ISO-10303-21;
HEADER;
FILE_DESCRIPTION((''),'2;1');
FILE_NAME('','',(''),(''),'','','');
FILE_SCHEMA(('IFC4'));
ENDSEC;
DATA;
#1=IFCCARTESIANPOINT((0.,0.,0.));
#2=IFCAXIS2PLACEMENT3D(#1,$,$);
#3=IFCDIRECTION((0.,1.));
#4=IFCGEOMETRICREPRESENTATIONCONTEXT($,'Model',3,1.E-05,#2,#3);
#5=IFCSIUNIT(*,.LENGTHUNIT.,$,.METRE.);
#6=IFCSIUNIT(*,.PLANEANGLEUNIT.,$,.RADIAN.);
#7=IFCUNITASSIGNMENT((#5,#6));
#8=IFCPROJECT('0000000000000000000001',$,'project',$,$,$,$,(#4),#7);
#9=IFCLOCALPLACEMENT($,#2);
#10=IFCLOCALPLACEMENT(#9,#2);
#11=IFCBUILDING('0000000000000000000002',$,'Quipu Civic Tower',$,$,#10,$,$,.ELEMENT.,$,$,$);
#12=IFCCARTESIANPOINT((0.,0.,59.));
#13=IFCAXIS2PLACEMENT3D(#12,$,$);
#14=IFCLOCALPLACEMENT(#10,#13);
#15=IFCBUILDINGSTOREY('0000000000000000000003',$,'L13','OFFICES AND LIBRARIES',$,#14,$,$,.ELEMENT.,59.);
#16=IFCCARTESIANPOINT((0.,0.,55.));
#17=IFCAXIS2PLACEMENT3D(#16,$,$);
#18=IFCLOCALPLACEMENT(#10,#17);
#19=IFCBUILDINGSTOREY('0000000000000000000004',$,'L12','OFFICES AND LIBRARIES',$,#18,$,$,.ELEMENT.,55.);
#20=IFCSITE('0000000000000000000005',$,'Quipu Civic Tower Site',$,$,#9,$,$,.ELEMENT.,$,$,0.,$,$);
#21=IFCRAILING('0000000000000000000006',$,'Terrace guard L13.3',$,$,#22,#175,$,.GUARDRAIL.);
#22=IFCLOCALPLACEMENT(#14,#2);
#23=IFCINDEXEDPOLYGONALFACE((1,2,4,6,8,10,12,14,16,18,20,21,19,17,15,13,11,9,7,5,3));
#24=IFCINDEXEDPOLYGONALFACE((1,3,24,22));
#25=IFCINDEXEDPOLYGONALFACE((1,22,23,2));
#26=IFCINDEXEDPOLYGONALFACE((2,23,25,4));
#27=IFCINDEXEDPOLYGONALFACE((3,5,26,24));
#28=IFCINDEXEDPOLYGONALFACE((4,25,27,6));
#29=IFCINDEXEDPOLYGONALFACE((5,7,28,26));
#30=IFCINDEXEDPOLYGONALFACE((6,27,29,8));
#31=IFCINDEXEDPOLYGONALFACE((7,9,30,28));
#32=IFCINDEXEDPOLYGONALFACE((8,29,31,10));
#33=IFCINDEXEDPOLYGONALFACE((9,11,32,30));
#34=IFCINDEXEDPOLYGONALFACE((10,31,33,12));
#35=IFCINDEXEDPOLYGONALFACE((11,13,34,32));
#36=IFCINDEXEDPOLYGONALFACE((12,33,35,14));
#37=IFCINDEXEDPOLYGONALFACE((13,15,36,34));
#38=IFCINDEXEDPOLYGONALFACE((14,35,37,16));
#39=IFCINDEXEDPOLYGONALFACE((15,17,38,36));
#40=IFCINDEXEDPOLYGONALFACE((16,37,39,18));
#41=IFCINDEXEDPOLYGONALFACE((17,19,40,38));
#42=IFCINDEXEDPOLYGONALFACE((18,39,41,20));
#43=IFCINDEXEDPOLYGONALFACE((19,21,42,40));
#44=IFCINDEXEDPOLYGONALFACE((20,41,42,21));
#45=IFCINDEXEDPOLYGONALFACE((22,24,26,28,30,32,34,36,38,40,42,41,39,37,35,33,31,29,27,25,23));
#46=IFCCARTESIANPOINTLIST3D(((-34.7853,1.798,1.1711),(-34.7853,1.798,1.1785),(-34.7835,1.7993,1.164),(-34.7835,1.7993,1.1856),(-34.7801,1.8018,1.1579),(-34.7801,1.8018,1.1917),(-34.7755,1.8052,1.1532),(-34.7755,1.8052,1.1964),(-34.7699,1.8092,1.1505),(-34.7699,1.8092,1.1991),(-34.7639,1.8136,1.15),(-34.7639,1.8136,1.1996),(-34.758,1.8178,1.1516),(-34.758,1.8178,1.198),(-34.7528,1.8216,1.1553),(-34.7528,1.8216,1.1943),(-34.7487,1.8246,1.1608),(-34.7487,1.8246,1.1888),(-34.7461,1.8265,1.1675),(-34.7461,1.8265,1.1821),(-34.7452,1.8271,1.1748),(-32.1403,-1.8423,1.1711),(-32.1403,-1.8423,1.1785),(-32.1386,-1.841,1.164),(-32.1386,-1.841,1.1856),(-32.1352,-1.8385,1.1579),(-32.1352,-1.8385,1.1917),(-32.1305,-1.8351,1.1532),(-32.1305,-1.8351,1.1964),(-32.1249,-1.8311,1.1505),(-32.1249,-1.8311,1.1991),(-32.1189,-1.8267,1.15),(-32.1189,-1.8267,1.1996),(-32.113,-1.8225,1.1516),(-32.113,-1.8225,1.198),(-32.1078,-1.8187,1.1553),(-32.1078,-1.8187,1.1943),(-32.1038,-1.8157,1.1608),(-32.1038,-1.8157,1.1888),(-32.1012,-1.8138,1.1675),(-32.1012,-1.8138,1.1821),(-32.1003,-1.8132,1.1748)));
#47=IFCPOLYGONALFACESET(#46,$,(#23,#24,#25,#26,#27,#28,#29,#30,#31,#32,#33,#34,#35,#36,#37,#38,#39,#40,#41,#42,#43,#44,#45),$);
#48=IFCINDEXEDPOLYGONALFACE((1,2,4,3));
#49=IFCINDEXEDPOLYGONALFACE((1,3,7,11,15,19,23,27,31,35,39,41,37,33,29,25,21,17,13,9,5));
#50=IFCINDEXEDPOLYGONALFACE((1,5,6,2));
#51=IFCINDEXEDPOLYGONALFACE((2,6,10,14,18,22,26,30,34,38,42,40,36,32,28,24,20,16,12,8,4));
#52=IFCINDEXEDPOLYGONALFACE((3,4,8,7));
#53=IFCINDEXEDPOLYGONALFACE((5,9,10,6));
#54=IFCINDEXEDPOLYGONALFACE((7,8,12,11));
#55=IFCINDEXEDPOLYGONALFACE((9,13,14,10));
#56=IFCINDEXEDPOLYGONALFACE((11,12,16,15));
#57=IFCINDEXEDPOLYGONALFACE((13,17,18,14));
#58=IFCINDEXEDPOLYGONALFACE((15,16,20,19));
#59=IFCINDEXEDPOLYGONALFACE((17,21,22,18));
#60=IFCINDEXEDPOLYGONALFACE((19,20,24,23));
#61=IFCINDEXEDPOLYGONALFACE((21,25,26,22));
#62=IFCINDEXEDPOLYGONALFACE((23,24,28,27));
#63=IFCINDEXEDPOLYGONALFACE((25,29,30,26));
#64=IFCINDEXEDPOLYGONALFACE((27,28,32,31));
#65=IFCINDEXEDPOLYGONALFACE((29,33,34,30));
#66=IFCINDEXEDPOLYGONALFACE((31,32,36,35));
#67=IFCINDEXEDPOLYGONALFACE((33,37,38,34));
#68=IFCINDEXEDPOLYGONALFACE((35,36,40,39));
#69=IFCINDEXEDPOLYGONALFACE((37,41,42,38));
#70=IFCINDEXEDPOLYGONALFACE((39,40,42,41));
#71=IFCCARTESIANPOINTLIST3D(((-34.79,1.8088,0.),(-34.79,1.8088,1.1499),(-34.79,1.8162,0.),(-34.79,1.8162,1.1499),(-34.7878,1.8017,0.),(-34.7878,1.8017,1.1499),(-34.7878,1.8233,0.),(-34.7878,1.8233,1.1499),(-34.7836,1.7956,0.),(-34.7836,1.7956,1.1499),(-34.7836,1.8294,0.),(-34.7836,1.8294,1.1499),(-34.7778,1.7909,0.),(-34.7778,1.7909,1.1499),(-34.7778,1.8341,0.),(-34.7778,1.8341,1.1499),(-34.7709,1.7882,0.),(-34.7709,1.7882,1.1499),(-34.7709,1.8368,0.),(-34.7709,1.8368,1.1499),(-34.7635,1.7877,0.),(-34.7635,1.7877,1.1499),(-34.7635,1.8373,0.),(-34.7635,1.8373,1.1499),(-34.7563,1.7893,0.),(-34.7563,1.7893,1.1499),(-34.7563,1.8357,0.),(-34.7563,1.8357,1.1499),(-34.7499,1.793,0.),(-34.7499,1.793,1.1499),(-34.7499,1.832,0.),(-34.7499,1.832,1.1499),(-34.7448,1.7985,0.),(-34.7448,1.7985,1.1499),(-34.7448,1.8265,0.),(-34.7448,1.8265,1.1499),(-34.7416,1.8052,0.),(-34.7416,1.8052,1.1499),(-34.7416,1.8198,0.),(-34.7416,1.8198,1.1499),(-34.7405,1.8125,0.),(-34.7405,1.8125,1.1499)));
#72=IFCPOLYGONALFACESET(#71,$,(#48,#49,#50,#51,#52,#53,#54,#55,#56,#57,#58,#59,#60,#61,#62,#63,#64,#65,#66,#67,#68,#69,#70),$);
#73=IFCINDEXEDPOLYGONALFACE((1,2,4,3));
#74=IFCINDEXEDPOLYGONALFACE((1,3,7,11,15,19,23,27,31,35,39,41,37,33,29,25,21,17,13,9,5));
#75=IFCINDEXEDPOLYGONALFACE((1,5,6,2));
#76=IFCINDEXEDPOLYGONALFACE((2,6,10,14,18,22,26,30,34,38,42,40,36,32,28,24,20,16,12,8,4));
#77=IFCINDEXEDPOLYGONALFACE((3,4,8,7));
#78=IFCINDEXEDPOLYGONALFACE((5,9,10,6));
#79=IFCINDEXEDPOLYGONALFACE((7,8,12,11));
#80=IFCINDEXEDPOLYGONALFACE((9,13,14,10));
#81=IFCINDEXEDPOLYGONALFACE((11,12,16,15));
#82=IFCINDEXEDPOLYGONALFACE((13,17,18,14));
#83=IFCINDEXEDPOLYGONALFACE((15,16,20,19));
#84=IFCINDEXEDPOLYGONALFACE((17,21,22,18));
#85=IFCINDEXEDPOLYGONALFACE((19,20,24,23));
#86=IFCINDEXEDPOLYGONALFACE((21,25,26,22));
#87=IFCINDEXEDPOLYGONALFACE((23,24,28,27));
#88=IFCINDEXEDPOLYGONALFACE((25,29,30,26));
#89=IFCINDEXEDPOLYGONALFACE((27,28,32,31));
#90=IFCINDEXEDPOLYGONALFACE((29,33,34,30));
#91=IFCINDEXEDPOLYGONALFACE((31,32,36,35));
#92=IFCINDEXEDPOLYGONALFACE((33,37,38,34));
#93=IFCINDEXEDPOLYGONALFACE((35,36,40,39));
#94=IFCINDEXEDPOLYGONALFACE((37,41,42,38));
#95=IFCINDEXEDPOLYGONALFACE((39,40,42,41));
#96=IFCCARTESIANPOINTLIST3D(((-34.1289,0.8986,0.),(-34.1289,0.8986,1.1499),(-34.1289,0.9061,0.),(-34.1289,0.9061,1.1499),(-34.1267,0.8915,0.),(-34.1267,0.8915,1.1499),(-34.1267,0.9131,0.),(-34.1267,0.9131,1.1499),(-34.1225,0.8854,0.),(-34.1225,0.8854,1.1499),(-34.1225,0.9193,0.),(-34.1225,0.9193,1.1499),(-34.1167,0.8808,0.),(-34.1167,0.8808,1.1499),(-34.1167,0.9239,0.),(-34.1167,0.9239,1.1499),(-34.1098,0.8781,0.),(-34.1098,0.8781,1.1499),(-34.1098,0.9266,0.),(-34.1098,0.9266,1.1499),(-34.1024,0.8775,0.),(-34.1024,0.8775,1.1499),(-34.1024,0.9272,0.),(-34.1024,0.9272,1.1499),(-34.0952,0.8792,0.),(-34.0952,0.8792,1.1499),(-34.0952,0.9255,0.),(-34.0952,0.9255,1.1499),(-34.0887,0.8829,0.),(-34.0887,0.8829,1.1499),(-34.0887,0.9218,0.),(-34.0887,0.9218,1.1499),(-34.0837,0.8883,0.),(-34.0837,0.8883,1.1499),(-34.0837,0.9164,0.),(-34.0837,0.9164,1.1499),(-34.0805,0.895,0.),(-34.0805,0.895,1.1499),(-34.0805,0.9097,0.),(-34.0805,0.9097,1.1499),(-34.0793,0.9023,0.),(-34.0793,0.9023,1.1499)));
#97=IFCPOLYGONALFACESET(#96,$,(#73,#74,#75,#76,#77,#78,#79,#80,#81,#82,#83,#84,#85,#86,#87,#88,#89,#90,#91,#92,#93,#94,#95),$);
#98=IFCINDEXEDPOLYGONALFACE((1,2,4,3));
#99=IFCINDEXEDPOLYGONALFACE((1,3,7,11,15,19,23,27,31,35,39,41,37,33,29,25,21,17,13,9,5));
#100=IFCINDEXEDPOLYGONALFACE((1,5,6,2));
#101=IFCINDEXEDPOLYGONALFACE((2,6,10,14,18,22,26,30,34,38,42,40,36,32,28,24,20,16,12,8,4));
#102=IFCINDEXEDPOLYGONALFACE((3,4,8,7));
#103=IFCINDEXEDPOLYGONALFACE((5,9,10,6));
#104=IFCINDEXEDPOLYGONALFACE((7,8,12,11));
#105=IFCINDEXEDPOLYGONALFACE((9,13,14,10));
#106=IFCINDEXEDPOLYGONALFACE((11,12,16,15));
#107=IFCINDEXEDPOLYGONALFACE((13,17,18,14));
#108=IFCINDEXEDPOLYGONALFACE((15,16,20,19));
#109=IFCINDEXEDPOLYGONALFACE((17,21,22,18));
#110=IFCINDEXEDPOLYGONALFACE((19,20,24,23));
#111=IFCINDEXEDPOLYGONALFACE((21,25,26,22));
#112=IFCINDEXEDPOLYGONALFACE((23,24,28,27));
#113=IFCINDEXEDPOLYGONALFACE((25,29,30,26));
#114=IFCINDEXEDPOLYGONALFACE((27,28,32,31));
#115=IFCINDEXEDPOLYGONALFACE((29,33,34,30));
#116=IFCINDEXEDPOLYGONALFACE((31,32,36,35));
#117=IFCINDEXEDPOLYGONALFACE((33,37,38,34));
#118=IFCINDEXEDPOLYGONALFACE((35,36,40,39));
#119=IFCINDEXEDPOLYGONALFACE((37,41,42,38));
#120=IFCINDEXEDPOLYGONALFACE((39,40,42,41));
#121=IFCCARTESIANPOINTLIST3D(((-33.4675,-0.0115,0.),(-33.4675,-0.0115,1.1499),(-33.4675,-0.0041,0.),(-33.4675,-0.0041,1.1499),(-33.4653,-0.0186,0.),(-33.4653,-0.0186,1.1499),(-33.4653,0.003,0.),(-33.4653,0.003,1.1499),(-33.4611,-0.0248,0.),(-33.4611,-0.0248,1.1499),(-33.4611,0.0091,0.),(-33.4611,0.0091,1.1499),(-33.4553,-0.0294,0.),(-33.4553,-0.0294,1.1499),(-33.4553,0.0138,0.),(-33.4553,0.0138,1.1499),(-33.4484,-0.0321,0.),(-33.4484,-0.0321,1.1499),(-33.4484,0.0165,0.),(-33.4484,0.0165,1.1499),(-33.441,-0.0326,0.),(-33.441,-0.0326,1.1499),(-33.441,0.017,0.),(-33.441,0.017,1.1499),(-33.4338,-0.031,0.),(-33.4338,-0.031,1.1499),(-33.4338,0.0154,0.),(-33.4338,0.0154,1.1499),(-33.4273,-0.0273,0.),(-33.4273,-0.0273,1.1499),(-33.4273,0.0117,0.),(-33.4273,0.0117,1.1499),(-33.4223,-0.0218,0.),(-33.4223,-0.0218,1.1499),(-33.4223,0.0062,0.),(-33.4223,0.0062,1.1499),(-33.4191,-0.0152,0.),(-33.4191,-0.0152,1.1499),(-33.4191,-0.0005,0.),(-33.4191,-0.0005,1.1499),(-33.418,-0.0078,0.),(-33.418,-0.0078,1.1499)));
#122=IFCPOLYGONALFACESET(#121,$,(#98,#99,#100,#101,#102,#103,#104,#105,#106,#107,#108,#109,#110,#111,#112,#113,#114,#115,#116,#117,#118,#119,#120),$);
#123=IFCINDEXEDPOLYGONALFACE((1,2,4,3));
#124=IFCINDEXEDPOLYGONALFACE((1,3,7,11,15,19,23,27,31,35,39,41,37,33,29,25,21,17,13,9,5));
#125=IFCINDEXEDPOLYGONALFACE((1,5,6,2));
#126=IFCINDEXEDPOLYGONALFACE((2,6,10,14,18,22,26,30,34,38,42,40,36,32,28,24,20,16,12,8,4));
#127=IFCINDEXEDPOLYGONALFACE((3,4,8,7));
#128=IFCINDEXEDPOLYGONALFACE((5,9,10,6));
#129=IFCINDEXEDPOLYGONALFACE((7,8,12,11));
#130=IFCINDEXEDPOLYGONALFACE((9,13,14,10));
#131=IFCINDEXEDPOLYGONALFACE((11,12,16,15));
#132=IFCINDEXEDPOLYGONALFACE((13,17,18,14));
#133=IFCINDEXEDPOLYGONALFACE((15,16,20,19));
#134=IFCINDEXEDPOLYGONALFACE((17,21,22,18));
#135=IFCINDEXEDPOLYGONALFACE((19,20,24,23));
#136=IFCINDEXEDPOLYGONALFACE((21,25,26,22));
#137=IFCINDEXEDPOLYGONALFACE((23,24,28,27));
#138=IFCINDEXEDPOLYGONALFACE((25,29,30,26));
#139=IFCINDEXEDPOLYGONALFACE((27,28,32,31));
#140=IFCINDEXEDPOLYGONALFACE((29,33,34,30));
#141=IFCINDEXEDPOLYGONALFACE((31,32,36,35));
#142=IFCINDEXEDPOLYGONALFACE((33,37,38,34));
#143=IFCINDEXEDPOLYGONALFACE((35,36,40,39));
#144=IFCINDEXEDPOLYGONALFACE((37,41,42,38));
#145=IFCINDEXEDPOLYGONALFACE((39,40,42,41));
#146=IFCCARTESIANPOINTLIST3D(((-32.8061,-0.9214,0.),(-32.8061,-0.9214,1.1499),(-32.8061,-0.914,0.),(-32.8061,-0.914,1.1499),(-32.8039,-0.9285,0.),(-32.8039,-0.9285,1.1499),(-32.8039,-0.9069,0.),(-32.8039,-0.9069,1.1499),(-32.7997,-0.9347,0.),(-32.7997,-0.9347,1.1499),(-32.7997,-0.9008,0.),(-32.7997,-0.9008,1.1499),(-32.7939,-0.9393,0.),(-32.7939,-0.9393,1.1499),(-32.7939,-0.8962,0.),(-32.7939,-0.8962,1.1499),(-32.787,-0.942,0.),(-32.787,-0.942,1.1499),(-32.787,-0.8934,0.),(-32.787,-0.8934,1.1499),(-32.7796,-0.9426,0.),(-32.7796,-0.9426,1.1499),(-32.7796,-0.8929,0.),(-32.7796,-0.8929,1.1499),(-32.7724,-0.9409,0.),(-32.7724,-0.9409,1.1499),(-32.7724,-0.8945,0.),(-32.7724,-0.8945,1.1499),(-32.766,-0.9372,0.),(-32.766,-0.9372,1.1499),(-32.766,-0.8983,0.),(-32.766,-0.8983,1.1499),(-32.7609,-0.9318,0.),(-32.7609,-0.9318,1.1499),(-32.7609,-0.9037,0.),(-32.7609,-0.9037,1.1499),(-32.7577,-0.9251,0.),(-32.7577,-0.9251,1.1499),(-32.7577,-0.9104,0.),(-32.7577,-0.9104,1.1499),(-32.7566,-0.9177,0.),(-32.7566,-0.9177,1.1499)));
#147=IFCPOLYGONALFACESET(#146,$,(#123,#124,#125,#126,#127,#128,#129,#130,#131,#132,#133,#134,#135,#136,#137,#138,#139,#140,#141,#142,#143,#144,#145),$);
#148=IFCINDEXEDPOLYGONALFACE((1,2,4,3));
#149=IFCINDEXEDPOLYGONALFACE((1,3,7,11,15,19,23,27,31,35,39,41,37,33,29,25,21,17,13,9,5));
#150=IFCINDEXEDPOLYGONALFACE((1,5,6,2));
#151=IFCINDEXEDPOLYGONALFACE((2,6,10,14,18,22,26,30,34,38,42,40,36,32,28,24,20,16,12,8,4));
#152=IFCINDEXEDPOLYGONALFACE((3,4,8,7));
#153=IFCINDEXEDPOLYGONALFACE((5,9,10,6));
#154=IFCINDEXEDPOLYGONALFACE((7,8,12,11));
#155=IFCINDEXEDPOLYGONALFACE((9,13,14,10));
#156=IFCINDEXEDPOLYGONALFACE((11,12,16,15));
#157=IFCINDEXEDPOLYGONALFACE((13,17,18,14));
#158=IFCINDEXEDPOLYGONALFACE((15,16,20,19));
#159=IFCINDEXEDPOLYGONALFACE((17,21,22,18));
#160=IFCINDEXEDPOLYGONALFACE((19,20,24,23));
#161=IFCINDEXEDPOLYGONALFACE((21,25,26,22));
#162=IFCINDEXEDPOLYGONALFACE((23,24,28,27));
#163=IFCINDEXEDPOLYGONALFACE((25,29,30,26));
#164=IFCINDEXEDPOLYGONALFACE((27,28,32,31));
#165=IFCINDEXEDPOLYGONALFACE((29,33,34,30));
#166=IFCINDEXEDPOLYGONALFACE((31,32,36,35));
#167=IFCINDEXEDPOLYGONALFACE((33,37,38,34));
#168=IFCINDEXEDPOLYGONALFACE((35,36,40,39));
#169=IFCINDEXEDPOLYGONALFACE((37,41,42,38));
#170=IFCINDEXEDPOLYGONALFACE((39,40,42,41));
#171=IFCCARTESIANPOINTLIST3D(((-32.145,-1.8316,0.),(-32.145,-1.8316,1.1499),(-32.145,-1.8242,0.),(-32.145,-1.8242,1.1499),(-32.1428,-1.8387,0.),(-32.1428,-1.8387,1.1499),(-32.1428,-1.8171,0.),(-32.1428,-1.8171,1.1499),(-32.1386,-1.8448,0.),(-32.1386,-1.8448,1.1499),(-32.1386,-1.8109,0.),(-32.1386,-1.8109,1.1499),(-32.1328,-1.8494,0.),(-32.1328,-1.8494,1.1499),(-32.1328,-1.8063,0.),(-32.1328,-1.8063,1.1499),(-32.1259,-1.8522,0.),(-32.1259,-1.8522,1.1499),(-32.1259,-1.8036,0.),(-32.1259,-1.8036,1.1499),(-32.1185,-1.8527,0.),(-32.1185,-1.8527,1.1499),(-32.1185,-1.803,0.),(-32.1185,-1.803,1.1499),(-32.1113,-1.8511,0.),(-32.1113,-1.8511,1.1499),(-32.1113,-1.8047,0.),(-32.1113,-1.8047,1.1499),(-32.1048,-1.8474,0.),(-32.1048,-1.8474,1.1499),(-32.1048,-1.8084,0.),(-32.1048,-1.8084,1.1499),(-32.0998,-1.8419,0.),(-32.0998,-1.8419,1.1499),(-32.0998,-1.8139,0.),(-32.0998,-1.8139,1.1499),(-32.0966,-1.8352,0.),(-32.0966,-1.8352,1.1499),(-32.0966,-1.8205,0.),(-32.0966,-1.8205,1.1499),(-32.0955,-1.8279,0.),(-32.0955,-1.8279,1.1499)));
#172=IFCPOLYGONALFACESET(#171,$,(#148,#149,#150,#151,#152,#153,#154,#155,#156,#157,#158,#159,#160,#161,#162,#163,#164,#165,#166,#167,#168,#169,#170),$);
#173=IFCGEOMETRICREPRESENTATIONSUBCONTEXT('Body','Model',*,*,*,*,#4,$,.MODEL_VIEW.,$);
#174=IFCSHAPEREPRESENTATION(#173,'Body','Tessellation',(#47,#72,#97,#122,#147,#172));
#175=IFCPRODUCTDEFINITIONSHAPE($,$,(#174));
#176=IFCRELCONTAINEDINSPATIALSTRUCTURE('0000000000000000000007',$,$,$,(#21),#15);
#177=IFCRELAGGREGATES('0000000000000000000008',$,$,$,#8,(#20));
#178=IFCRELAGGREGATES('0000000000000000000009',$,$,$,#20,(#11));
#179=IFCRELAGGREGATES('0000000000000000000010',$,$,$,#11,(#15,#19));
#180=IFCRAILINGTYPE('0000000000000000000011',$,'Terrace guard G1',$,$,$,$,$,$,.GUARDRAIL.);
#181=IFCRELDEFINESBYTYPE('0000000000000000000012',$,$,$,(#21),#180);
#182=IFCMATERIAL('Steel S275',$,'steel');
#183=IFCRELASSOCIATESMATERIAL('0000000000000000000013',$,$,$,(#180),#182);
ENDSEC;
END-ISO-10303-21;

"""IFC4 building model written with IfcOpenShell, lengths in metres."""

from ifc_helpers import new_model, si_unit, direction, frame, origin, origin_2d, place, context, subcontext, project, spatial, circle, extrude, material, type_object, element, save


model = new_model("IFC4")

# Units and contexts
model_context = context("Model", 3, precision=1e-05, world=origin(), true_north=direction((0.0, 1.0)))
body_context = subcontext(model_context, "Body", "Model", "MODEL_VIEW")
ifc_project = project(units=[si_unit("LENGTHUNIT", "METRE"), si_unit("PLANEANGLEUNIT", "RADIAN")], contexts=[model_context])

# Site, building, storey
site_placement = place(None, origin())
site = spatial("IfcSite", under=ifc_project, at=site_placement, Name="Quipu Civic Tower Site", CompositionType="ELEMENT", RefElevation=0.0)
building_placement = place(site_placement, origin())
building = spatial("IfcBuilding", under=site, at=building_placement, Name="Quipu Civic Tower", CompositionType="ELEMENT")
storey_1_placement = place(building_placement, frame((0.0, 0.0, 59.0)))
storey_1 = spatial("IfcBuildingStorey", under=building, at=storey_1_placement, Name="L13", Description="OFFICES AND LIBRARIES", CompositionType="ELEMENT", Elevation=59.0)

# Shared definitions
storey_2_placement = place(building_placement, frame((0.0, 0.0, 55.0)))
storey_2 = spatial("IfcBuildingStorey", under=building, at=storey_2_placement, Name="L12", Description="OFFICES AND LIBRARIES", CompositionType="ELEMENT", Elevation=55.0)

# Railing
ifc_material_1 = material(Name="Steel S275", Category="steel")
railing_type = type_object("IfcRailingType", Name="Terrace guard G1", PredefinedType="GUARDRAIL", material=ifc_material_1)
railing_1_placement = place(storey_1_placement, frame((-34.7654, 1.8125, 0.0)))
element("IfcRailing", 1, at=railing_1_placement, inside=storey_1, type_object=railing_type, Name="Terrace guard L13.3", PredefinedType="GUARDRAIL", context=body_context, shape_type="SweptSolid", body=[
    extrude(circle(Radius=0.0249, at=origin_2d()), frame((0.0, 0.0, 1.1748), z_axis=(0.587804, -0.809003, 0.0), x_axis=(0.809003, 0.587804, 0.0)), (0.0, 0.0, 1.0), 4.4998),
    extrude(circle(Radius=0.0249, at=origin_2d()), origin(), (0.0, 0.0, 1.0), 1.1499),
    extrude(circle(Radius=0.0249, at=origin_2d()), frame((0.6611, -0.9102, 0.0)), (0.0, 0.0, 1.0), 1.1499),
    extrude(circle(Radius=0.0249, at=origin_2d()), frame((1.3225, -1.8203, 0.0)), (0.0, 0.0, 1.0), 1.1499),
    extrude(circle(Radius=0.0249, at=origin_2d()), frame((1.9839, -2.7302, 0.0)), (0.0, 0.0, 1.0), 1.1499),
    extrude(circle(Radius=0.0249, at=origin_2d()), frame((2.645, -3.6404, 0.0)), (0.0, 0.0, 1.0), 1.1499),
])

save(model, "model.ifc")
